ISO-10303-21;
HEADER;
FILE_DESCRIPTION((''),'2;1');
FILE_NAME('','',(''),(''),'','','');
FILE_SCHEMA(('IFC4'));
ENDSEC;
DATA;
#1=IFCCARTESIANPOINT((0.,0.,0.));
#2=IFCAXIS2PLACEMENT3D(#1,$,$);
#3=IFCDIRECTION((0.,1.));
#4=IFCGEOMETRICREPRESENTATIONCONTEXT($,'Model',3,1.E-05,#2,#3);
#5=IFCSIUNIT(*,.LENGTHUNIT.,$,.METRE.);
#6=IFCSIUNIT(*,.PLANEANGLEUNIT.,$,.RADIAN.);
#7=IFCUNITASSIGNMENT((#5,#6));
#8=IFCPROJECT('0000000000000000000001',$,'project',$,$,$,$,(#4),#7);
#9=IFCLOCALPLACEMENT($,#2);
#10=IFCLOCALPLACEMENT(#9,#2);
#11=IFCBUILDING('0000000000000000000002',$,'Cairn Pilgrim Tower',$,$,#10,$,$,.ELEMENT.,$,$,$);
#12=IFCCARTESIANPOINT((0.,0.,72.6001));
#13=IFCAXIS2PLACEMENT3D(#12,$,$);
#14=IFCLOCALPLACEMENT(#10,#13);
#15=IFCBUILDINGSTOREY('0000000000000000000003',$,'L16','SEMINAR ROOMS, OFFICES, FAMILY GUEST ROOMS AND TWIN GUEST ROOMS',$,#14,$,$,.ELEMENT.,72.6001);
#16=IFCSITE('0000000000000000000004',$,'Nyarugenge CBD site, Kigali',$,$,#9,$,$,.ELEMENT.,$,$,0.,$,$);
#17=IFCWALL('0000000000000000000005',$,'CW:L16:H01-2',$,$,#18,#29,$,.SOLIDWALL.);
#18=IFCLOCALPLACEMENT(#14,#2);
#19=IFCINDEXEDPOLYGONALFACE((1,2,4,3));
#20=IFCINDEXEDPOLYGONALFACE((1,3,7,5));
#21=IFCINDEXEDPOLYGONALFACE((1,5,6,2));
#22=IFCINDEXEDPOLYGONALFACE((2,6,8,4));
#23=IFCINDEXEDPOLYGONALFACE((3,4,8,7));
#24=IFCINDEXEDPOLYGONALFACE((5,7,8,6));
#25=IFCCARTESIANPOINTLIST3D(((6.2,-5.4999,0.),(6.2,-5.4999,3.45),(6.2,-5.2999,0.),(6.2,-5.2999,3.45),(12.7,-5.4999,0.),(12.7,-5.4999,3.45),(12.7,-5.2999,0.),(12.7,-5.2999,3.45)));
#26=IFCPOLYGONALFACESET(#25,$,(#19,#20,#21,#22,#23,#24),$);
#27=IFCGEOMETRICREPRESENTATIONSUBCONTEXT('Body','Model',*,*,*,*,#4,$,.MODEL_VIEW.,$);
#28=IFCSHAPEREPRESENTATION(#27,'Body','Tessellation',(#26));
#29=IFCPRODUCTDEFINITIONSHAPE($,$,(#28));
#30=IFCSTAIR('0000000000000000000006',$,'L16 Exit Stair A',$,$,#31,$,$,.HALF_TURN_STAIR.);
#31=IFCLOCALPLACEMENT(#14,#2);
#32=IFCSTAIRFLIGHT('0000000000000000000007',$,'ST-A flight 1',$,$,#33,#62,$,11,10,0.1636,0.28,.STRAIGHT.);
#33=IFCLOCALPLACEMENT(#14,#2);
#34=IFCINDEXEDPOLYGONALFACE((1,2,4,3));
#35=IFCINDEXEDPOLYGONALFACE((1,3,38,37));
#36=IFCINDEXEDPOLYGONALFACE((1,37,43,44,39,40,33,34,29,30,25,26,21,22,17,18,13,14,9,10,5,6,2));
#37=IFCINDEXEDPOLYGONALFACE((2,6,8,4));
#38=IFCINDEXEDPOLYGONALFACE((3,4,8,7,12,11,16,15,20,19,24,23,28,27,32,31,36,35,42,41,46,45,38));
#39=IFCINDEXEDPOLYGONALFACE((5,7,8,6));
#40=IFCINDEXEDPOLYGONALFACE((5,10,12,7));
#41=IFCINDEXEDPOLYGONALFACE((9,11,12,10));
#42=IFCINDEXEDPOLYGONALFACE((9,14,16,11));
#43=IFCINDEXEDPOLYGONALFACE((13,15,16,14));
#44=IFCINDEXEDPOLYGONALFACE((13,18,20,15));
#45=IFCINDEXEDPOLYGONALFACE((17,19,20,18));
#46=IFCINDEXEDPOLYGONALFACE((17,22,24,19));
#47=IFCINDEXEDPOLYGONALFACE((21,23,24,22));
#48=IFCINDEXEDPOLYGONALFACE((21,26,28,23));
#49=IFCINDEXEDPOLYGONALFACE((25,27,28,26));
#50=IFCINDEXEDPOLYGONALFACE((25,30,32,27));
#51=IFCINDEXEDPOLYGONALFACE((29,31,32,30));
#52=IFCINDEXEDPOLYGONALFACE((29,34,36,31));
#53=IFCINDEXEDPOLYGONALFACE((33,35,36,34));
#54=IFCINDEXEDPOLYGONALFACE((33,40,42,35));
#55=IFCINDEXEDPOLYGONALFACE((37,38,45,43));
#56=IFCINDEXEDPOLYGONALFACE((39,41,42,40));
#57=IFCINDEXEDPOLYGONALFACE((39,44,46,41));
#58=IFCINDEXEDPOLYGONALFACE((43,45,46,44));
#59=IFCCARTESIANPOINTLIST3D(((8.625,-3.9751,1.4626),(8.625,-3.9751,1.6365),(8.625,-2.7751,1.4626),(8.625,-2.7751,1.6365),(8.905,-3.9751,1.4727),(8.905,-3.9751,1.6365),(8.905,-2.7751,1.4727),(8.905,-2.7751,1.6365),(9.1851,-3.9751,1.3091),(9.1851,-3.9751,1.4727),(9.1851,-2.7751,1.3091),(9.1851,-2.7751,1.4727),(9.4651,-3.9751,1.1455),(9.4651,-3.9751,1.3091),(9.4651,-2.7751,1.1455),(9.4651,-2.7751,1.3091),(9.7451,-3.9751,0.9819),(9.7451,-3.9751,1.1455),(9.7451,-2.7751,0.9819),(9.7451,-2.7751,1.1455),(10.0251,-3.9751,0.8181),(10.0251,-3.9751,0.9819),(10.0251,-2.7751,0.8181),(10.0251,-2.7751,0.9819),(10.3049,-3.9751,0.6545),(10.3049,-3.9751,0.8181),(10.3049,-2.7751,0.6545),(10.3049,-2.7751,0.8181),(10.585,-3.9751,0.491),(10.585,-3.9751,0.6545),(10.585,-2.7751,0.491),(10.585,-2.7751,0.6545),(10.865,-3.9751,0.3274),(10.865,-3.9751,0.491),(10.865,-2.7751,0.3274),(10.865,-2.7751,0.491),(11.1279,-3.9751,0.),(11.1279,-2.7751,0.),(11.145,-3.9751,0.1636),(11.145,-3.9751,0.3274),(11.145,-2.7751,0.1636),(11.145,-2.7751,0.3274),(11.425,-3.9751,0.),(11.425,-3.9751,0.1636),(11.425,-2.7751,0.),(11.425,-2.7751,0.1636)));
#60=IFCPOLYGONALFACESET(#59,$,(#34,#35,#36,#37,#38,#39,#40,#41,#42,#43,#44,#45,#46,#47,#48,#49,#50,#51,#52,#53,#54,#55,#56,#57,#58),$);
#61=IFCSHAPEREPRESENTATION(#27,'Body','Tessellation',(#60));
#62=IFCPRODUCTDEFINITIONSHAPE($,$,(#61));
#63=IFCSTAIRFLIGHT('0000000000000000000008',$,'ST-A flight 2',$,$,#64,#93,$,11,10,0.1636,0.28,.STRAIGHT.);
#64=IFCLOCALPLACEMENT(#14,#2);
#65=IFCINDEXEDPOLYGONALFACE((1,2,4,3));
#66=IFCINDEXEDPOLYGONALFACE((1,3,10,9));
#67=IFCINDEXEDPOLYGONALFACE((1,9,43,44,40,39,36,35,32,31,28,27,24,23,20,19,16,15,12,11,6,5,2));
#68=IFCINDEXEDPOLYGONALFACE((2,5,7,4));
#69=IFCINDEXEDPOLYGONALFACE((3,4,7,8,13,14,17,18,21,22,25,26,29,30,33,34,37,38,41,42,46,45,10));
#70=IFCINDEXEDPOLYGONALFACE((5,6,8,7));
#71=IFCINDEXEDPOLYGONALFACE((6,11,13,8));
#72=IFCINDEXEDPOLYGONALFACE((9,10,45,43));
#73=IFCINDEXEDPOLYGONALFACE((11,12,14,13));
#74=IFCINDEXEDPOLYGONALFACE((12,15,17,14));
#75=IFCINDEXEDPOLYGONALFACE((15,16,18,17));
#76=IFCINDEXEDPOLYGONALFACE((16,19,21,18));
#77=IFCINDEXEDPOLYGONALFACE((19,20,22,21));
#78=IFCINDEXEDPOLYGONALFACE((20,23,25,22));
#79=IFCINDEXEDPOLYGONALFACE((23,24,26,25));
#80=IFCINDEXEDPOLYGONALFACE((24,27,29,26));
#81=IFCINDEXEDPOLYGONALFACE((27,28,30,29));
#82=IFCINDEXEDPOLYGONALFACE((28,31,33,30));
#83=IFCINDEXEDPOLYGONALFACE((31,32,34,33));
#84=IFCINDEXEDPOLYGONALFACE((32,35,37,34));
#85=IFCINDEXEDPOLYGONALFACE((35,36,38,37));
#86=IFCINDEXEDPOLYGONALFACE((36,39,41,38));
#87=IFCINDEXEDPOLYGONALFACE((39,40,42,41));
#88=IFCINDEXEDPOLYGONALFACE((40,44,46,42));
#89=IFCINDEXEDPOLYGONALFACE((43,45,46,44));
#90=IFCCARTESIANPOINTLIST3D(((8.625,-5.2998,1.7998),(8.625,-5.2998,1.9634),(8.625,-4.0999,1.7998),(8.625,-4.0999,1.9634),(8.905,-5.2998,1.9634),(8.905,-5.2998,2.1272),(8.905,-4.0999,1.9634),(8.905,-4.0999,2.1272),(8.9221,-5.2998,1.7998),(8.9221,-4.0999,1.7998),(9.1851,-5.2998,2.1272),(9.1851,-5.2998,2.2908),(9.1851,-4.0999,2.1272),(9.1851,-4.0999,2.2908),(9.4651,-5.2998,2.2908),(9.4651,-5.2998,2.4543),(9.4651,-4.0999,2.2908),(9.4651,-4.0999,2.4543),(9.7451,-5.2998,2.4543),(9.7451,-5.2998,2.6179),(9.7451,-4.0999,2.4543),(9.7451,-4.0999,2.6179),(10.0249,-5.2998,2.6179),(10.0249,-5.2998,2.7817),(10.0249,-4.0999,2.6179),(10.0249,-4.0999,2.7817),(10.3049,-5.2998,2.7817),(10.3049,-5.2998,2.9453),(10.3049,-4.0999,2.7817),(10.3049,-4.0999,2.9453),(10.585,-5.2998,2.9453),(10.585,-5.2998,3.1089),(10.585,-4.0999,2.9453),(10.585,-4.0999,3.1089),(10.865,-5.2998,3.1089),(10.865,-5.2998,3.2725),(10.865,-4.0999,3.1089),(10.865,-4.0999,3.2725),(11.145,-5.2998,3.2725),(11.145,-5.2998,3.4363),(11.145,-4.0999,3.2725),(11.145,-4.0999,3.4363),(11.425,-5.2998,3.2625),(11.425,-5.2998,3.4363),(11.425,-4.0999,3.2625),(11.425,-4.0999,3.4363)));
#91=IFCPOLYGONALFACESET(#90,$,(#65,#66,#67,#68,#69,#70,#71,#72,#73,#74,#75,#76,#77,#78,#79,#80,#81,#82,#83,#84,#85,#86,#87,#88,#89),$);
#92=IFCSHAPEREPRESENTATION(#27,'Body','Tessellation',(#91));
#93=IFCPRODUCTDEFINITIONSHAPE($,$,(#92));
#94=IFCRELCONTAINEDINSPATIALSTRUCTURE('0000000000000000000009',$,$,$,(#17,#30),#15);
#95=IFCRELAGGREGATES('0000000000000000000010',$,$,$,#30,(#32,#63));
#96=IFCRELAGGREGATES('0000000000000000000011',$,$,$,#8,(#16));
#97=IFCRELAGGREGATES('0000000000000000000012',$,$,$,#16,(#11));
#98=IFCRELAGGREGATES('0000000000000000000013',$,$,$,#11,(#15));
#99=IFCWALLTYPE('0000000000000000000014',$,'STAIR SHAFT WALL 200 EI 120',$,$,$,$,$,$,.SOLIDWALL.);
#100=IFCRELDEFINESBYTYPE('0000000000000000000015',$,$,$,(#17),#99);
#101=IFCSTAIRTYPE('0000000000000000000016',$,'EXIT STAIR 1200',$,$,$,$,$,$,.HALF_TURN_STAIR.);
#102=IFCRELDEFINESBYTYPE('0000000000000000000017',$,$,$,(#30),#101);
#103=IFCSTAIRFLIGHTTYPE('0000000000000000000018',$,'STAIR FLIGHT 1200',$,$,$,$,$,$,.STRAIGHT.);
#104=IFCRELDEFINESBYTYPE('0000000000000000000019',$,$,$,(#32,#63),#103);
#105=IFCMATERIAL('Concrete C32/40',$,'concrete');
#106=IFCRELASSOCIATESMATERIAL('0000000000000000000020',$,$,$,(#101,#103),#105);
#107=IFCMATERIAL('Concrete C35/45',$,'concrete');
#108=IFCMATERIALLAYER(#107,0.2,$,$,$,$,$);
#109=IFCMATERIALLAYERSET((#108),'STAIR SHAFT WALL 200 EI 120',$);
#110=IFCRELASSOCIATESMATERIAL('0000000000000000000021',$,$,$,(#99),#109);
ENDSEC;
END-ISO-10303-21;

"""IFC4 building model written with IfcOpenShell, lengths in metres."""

from ifc_helpers import new_model, si_unit, direction, frame, frame_2d, origin, place, context, subcontext, project, spatial, polyline, rectangle, outline, extrude, material, layer, layer_set, type_object, element, aggregate, save


model = new_model("IFC4")

# Units and contexts
model_context = context("Model", 3, precision=1e-05, world=origin(), true_north=direction((0.0, 1.0)))
body_context = subcontext(model_context, "Body", "Model", "MODEL_VIEW")
ifc_project = project(units=[si_unit("LENGTHUNIT", "METRE"), si_unit("PLANEANGLEUNIT", "RADIAN")], contexts=[model_context])

# Site, building, storey
site_placement = place(None, origin())
site = spatial("IfcSite", under=ifc_project, at=site_placement, Name="Nyarugenge CBD site, Kigali", CompositionType="ELEMENT", RefElevation=0.0)
building_placement = place(site_placement, origin())
building = spatial("IfcBuilding", under=site, at=building_placement, Name="Cairn Pilgrim Tower", CompositionType="ELEMENT")
storey_placement = place(building_placement, frame((0.0, 0.0, 72.6001)))
storey = spatial("IfcBuildingStorey", under=building, at=storey_placement, Name="L16", Description="SEMINAR ROOMS, OFFICES, FAMILY GUEST ROOMS AND TWIN GUEST ROOMS", CompositionType="ELEMENT", Elevation=72.6001)

# Shared definitions
ifc_material_1 = material(Name="Concrete C32/40", Category="concrete")
stair_type = type_object("IfcStairType", Name="EXIT STAIR 1200", PredefinedType="HALF_TURN_STAIR", material=ifc_material_1)

# Shared definitions
ifc_material_2 = material(Name="Concrete C35/45", Category="concrete")

# Wall
ifc_layer_1 = layer(ifc_material_2, 0.2)
ifc_layer_set_1 = layer_set([ifc_layer_1], Name="STAIR SHAFT WALL 200 EI 120")
wall_type_1 = type_object("IfcWallType", Name="STAIR SHAFT WALL 200 EI 120", PredefinedType="SOLIDWALL", material=ifc_layer_set_1)
wall_1_placement = place(storey_placement, frame((6.2, -5.3999, 0.0), z_axis=(0.0, 0.0, 1.0), x_axis=(1.0, 0.0, 0.0)))
element("IfcWall", 1, at=wall_1_placement, inside=storey, type_object=wall_type_1, Name="CW:L16:H01-2", PredefinedType="SOLIDWALL", context=body_context, shape_type="SweptSolid", body=[
    extrude(rectangle(XDim=6.5, YDim=0.2, at=frame_2d((3.25, 0.0))), origin(), (0.0, 0.0, 1.0), 3.45),
])

# Stair, stair flights
stair_1_placement = place(storey_placement, origin())
stair_1 = element("IfcStair", 2, at=stair_1_placement, inside=storey, type_object=stair_type, Name="L16 Exit Stair A", PredefinedType="HALF_TURN_STAIR")
stair_flight_type = type_object("IfcStairFlightType", Name="STAIR FLIGHT 1200", PredefinedType="STRAIGHT", material=ifc_material_1)
stair_flight_1_placement = place(storey_placement, frame((11.425, -3.375, 0.0), z_axis=(0.0, 0.0, 1.0), x_axis=(-1.0, 0.0, 0.0)))
stair_flight_1 = element("IfcStairFlight", 3, at=stair_flight_1_placement, type_object=stair_flight_type, Name="ST-A flight 1", NumberOfRisers=11, NumberOfTreads=10, PredefinedType="STRAIGHT", RiserHeight=0.1636, TreadLength=0.28, context=body_context, shape_type="SweptSolid", body=[
    extrude(outline(polyline([(0.0, 0.0), (0.0, 0.1636), (0.28, 0.1636), (0.28, 0.3274), (0.5601, 0.3274), (0.5601, 0.491), (0.8401, 0.491), (0.8401, 0.6545), (1.1201, 0.6545), (1.1201, 0.8181), (1.3999, 0.8181), (1.3999, 0.9819), (1.6799, 0.9819), (1.6799, 1.1455), (1.96, 1.1455), (1.96, 1.3091), (2.24, 1.3091), (2.24, 1.4727), (2.52, 1.4727), (2.52, 1.6365), (2.8, 1.6365), (2.8, 1.8), (2.8, 1.4626), (0.2971, 0.0), (0.0, 0.0)])), frame((0.0, 0.6001, 0.0), z_axis=(0.0, -1.0, 0.0), x_axis=(1.0, 0.0, 0.0)), (0.0, 0.0, 1.0), 1.2),
])
stair_flight_2_placement = place(storey_placement, frame((8.625, -4.7, 1.7998), z_axis=(0.0, 0.0, 1.0), x_axis=(1.0, 0.0, 0.0)))
stair_flight_2 = element("IfcStairFlight", 4, at=stair_flight_2_placement, type_object=stair_flight_type, Name="ST-A flight 2", NumberOfRisers=11, NumberOfTreads=10, PredefinedType="STRAIGHT", RiserHeight=0.1636, TreadLength=0.28, context=body_context, shape_type="SweptSolid", body=[
    extrude(outline(polyline([(0.0, 0.0), (0.0, 0.1636), (0.28, 0.1636), (0.28, 0.3274), (0.5601, 0.3274), (0.5601, 0.491), (0.8401, 0.491), (0.8401, 0.6545), (1.1201, 0.6545), (1.1201, 0.8181), (1.3999, 0.8181), (1.3999, 0.9819), (1.6799, 0.9819), (1.6799, 1.1455), (1.96, 1.1455), (1.96, 1.3091), (2.24, 1.3091), (2.24, 1.4727), (2.52, 1.4727), (2.52, 1.6365), (2.8, 1.6365), (2.8, 1.8), (2.8, 1.4626), (0.2971, 0.0), (0.0, 0.0)])), frame((0.0, 0.6001, 0.0), z_axis=(0.0, -1.0, 0.0), x_axis=(1.0, 0.0, 0.0)), (0.0, 0.0, 1.0), 1.2),
])
aggregate(stair_1, [stair_flight_1, stair_flight_2])

save(model, "model.ifc")
